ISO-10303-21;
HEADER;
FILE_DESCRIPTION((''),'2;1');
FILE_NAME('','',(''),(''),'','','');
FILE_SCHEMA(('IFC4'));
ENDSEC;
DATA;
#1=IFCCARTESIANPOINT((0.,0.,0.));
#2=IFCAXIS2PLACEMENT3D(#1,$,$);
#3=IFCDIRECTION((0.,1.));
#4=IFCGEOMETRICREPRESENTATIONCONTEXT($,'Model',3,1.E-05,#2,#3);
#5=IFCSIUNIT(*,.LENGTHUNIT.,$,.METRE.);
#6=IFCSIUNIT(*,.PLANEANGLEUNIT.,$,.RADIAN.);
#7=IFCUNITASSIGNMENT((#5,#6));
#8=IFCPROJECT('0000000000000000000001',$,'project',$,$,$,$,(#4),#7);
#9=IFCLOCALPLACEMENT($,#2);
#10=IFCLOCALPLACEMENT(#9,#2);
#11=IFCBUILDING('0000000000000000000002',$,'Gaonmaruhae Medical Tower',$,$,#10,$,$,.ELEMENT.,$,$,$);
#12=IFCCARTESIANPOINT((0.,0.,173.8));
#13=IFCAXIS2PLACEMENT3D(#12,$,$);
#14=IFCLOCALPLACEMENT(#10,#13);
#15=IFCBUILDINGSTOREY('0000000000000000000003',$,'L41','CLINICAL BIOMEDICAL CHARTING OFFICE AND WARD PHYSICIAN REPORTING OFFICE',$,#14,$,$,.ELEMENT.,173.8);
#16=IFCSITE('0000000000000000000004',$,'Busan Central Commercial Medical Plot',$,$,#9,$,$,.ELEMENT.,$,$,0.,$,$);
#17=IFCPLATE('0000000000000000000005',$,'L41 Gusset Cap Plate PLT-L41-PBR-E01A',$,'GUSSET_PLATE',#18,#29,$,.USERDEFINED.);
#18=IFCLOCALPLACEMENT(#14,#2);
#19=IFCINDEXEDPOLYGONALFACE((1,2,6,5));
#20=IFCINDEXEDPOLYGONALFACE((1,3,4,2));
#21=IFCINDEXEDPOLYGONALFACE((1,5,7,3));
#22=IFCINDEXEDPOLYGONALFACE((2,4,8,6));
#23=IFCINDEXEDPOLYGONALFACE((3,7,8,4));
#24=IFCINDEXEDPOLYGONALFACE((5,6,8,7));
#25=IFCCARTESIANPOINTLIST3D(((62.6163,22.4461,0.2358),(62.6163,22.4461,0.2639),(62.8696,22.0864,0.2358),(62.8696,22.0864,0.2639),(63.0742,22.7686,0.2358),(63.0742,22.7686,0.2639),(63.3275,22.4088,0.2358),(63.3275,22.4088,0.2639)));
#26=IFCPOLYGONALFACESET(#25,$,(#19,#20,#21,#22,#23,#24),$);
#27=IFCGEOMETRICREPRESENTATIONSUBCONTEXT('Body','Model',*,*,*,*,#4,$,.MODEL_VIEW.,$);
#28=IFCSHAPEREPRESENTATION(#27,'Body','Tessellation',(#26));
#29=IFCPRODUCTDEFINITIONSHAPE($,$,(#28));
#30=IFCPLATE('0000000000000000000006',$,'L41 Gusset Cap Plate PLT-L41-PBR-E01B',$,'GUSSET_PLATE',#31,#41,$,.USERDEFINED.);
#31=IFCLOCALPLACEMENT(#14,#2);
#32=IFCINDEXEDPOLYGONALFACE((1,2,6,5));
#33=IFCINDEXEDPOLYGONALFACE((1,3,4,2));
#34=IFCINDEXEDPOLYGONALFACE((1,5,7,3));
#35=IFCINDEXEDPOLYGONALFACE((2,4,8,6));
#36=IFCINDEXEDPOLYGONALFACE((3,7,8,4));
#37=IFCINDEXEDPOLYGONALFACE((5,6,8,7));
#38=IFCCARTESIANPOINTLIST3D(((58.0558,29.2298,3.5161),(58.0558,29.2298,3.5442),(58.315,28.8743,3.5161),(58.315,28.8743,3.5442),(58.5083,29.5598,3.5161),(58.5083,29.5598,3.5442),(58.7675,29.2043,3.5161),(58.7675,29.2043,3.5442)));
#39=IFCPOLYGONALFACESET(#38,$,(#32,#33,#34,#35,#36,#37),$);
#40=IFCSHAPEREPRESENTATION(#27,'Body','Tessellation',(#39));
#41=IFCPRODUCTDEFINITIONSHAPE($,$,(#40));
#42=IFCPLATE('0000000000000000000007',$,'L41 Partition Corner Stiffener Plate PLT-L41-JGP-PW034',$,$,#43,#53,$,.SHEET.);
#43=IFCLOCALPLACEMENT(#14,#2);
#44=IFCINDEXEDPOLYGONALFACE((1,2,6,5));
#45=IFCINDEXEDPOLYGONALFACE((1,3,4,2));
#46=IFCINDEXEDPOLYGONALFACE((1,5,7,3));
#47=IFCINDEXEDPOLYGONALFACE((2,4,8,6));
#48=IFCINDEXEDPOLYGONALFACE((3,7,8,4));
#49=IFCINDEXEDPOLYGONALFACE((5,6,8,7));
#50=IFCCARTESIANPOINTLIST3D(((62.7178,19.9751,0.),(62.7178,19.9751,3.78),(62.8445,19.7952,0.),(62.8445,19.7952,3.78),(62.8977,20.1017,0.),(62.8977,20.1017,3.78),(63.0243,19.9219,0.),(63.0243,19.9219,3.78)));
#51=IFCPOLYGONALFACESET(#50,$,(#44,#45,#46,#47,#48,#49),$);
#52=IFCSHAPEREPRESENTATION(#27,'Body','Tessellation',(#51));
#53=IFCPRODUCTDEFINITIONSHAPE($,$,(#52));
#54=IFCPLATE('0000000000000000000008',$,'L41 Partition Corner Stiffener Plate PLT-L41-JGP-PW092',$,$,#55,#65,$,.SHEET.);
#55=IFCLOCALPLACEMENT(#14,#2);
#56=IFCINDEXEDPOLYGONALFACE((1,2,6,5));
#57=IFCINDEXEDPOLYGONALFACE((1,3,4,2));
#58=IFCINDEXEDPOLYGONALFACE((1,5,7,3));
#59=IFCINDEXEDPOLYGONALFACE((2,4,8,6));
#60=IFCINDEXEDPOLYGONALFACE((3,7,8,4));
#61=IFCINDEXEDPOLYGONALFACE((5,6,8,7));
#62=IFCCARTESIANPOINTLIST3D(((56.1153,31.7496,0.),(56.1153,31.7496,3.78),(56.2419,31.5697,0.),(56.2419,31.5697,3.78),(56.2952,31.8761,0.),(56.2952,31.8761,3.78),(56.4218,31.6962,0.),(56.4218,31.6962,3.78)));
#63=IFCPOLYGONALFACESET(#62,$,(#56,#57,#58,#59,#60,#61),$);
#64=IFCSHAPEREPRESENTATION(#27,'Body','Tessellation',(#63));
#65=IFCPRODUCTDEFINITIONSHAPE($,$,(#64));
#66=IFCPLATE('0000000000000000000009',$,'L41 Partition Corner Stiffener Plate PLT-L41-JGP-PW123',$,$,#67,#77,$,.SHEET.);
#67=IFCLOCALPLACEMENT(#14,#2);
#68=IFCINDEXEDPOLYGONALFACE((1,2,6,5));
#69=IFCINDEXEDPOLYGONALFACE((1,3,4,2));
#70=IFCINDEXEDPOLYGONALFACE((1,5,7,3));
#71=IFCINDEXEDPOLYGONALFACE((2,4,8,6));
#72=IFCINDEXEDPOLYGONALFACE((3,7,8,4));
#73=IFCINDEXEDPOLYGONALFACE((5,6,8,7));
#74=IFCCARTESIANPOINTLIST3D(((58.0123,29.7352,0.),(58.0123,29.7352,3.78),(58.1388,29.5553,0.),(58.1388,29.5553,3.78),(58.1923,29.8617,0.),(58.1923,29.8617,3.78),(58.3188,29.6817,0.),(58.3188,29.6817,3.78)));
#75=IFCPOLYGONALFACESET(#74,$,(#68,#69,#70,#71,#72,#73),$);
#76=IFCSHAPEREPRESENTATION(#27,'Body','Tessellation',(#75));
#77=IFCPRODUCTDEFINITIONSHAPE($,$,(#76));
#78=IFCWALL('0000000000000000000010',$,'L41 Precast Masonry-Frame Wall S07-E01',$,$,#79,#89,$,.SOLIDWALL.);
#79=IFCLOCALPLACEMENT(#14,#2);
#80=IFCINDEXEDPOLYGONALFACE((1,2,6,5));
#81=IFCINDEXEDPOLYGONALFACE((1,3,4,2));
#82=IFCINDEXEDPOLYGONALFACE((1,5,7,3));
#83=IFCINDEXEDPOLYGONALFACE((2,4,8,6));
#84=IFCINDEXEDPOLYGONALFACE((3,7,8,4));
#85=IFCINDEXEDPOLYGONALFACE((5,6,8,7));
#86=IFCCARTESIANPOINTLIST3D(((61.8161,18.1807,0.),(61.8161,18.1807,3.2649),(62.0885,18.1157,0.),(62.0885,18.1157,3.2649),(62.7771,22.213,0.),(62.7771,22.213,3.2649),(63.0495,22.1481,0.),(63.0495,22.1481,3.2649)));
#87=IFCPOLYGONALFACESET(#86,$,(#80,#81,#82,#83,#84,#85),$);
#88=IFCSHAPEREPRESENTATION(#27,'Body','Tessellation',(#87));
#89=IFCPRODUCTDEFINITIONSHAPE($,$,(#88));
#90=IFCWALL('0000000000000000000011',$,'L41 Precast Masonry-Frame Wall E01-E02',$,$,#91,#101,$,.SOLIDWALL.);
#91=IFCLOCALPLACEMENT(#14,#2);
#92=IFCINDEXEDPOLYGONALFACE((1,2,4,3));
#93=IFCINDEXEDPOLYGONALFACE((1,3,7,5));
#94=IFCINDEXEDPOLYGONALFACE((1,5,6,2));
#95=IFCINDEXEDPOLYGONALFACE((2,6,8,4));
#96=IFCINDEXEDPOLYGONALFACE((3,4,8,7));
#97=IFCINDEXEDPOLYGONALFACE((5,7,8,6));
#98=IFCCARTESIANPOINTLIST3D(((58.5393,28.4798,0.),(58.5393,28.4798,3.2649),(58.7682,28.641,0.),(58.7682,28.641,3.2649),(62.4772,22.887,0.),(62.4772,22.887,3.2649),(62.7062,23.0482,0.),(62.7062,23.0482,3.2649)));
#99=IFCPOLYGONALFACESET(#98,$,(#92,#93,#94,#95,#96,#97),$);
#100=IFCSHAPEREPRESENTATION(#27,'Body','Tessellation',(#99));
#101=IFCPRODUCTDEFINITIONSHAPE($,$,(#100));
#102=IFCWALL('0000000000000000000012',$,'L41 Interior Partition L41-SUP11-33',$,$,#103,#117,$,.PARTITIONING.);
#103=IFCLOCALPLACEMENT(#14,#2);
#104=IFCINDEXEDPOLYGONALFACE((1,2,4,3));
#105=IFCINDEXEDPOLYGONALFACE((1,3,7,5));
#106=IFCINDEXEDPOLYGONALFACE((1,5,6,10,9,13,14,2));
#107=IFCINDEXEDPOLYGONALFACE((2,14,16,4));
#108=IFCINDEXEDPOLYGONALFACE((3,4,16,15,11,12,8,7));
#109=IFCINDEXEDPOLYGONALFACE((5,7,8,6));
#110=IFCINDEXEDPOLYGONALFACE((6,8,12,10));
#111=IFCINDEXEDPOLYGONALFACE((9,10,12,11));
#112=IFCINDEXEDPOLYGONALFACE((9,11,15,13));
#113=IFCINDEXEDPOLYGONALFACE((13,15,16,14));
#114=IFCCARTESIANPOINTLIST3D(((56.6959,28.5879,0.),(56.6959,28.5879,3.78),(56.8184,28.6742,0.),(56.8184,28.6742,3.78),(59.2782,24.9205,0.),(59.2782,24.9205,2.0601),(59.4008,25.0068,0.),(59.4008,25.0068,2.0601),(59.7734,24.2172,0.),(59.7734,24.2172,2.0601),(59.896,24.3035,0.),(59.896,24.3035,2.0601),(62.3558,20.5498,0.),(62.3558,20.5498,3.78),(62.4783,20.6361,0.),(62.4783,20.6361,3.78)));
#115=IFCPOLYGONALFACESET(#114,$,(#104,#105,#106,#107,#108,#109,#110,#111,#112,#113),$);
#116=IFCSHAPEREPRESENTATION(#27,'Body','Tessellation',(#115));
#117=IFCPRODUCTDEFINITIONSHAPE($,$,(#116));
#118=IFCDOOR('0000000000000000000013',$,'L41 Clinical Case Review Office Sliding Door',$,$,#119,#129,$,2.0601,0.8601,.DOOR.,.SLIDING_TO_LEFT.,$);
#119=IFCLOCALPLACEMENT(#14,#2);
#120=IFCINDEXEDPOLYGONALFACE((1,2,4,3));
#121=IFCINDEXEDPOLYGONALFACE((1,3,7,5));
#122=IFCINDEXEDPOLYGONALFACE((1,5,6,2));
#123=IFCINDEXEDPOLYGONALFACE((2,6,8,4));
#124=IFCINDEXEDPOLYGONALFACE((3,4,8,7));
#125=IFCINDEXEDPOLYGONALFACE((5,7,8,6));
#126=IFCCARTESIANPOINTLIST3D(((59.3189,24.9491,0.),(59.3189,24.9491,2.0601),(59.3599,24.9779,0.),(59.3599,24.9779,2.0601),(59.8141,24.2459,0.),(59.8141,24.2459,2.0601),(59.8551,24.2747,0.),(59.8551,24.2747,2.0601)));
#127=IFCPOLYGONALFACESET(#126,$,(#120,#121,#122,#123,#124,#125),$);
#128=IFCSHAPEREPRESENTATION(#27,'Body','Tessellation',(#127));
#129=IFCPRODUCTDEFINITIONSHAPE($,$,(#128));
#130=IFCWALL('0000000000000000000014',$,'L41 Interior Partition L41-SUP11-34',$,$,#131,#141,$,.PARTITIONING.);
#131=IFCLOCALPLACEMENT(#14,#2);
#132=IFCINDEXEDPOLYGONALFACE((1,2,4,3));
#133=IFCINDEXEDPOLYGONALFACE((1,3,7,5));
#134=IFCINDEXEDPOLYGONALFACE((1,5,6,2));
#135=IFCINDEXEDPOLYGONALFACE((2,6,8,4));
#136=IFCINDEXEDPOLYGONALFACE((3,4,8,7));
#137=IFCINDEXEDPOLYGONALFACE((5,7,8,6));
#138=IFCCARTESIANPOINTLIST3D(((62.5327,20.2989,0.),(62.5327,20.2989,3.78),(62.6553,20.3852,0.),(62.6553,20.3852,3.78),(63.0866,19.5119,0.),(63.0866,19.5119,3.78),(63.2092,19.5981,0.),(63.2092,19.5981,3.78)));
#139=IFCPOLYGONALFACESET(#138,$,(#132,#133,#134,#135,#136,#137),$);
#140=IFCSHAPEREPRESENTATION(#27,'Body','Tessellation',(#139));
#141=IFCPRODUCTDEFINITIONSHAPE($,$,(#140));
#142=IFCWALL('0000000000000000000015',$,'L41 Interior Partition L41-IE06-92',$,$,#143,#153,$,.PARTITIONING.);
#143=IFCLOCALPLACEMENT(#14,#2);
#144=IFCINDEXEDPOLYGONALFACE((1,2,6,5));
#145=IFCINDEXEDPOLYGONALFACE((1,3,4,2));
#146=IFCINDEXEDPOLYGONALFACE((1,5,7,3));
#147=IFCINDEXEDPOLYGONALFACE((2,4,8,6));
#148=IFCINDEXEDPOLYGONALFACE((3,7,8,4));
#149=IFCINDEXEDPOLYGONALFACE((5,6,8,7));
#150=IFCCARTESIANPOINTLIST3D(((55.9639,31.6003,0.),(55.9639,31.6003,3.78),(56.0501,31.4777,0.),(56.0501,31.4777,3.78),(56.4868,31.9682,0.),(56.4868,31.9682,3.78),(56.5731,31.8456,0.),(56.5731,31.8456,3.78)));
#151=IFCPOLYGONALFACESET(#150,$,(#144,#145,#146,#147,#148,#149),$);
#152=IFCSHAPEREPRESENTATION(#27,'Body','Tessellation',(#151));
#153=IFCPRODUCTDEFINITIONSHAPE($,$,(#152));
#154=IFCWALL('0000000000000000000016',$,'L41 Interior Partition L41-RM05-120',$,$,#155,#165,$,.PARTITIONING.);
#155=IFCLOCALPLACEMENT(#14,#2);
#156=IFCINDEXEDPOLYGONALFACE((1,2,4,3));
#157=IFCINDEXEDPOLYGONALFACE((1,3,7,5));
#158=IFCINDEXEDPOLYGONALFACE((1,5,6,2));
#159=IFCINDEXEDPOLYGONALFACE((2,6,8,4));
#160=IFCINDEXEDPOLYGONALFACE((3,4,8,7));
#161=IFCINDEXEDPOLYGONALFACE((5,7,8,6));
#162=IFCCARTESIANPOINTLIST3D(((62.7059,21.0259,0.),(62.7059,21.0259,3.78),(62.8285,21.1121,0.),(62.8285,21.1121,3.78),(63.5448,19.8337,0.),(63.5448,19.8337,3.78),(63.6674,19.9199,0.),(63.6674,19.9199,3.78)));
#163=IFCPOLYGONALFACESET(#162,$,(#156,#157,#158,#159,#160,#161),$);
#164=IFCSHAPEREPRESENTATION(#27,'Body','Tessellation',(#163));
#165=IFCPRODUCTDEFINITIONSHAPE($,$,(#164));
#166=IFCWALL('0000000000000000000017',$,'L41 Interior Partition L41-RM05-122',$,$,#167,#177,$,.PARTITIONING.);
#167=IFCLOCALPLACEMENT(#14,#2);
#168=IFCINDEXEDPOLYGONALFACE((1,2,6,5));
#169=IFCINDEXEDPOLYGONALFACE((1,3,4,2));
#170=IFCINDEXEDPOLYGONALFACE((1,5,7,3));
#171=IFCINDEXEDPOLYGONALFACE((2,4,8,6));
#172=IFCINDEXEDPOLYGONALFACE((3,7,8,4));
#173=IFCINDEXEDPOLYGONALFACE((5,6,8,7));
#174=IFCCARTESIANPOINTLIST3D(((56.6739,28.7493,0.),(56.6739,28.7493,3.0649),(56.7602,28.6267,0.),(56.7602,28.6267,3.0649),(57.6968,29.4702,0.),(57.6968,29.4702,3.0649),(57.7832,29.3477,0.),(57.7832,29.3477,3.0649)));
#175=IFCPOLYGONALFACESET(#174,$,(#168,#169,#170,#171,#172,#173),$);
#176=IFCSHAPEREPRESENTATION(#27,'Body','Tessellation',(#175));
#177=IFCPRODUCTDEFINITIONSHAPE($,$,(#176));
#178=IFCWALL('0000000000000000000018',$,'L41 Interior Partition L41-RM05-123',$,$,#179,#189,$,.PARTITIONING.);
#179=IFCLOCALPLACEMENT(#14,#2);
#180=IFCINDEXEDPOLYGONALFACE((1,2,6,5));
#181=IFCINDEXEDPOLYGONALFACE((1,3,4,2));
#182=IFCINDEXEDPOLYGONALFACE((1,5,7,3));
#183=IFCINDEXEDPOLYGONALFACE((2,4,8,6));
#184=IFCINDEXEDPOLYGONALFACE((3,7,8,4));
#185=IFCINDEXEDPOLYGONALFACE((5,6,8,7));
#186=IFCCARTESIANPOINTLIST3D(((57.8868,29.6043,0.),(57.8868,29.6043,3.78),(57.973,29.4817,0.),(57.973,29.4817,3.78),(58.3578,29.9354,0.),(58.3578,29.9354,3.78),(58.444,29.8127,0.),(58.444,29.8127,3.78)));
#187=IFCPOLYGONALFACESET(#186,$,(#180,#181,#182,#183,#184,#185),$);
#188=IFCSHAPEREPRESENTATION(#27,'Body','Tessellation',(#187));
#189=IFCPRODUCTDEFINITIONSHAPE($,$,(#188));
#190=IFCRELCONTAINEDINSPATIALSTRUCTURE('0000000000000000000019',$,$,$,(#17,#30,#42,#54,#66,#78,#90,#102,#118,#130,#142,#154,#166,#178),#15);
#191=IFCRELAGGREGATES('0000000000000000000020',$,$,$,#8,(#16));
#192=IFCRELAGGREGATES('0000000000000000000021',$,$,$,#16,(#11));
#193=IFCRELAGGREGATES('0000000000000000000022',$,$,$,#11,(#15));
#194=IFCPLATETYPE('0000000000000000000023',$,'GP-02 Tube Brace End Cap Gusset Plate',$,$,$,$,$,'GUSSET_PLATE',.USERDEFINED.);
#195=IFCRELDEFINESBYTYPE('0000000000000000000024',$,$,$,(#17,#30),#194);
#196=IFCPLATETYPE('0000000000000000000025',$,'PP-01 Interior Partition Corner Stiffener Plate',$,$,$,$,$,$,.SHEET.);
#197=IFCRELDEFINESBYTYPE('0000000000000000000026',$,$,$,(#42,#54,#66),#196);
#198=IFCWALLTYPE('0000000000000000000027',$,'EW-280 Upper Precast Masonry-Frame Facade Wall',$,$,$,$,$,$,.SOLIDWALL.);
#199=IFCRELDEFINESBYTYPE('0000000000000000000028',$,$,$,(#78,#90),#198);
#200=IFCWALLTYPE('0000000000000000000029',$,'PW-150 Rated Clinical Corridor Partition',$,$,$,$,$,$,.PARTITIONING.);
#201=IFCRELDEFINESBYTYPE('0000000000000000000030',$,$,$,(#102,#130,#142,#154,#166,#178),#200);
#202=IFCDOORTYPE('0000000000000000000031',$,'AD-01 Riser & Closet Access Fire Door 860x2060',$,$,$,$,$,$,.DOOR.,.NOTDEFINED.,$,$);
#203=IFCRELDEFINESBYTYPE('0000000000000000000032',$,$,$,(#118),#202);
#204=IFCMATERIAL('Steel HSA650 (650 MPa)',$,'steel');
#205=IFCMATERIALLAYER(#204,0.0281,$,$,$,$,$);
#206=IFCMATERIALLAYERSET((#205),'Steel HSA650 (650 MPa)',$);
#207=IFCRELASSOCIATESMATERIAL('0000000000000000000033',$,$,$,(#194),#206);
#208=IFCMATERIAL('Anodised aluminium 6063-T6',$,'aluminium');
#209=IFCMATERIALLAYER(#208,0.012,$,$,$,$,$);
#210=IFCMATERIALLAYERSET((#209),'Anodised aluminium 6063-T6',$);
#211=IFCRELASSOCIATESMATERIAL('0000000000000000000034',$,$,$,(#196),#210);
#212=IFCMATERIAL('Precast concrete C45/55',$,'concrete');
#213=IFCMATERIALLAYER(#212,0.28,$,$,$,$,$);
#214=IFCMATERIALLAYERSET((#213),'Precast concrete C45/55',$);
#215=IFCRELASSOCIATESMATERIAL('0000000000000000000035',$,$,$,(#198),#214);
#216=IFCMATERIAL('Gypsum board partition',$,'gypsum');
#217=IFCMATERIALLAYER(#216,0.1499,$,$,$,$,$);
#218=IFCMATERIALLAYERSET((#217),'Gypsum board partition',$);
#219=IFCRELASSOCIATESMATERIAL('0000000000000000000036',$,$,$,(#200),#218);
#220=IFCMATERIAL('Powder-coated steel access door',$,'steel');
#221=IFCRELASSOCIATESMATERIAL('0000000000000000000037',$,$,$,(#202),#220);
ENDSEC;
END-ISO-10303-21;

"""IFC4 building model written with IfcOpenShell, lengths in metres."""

from ifc_helpers import new_model, si_unit, direction, frame, frame_2d, origin, origin_2d, place, context, subcontext, project, spatial, rectangle, extrude, material, layer, layer_set, type_object, element, fill, save


model = new_model("IFC4")

# Units and contexts
model_context = context("Model", 3, precision=1e-05, world=origin(), true_north=direction((0.0, 1.0)))
body_context = subcontext(model_context, "Body", "Model", "MODEL_VIEW")
ifc_project = project(units=[si_unit("LENGTHUNIT", "METRE"), si_unit("PLANEANGLEUNIT", "RADIAN")], contexts=[model_context])

# Site, building, storey
site_placement = place(None, origin())
site = spatial("IfcSite", under=ifc_project, at=site_placement, Name="Busan Central Commercial Medical Plot", CompositionType="ELEMENT", RefElevation=0.0)
building_placement = place(site_placement, origin())
building = spatial("IfcBuilding", under=site, at=building_placement, Name="Gaonmaruhae Medical Tower", CompositionType="ELEMENT")
storey_placement = place(building_placement, frame((0.0, 0.0, 173.8)))
storey = spatial("IfcBuildingStorey", under=building, at=storey_placement, Name="L41", Description="CLINICAL BIOMEDICAL CHARTING OFFICE AND WARD PHYSICIAN REPORTING OFFICE", CompositionType="ELEMENT", Elevation=173.8)

# Plates
ifc_material_1 = material(Name="Steel HSA650 (650 MPa)", Category="steel")
ifc_layer_1 = layer(ifc_material_1, 0.0281)
ifc_layer_set_1 = layer_set([ifc_layer_1], Name="Steel HSA650 (650 MPa)")
plate_type_1 = type_object("IfcPlateType", Name="GP-02 Tube Brace End Cap Gusset Plate", ElementType="GUSSET_PLATE", PredefinedType="USERDEFINED", material=ifc_layer_set_1)
for number, where, z_axis, x_axis, name in (
    (1, (62.9719, 22.4275, 0.2358), (0.0, 0.0, 1.0), (0.817648, 0.575719, 0.0), "L41 Gusset Cap Plate PLT-L41-PBR-E01A"),
    (2, (58.4116, 29.217, 3.5161), (0.0, 0.0, 1.0), (0.80799, 0.589196, 0.0), "L41 Gusset Cap Plate PLT-L41-PBR-E01B"),
):
    element("IfcPlate", number, at=place(storey_placement, frame(where, z_axis=z_axis, x_axis=x_axis)), inside=storey, type_object=plate_type_1, Name=name, ObjectType="GUSSET_PLATE", PredefinedType="USERDEFINED", context=body_context, shape_type="SweptSolid", body=[
        extrude(rectangle(XDim=0.5601, YDim=0.4399, at=origin_2d()), origin(), (0.0, 0.0, 1.0), 0.0281),
    ])
ifc_material_2 = material(Name="Anodised aluminium 6063-T6", Category="aluminium")
ifc_layer_2 = layer(ifc_material_2, 0.012)
ifc_layer_set_2 = layer_set([ifc_layer_2], Name="Anodised aluminium 6063-T6")
plate_type_2 = type_object("IfcPlateType", Name="PP-01 Interior Partition Corner Stiffener Plate", PredefinedType="SHEET", material=ifc_layer_set_2)
for number, where, z_axis, x_axis, name in (
    (3, (62.8711, 19.9485, 0.0), (0.0, 0.0, 1.0), (0.575619, -0.817718, 0.0), "L41 Partition Corner Stiffener Plate PLT-L41-JGP-PW034"),
    (4, (56.2686, 31.7229, 0.0), (0.0, 0.0, 1.0), (-0.817838, -0.575448, 0.0), "L41 Partition Corner Stiffener Plate PLT-L41-JGP-PW092"),
    (5, (58.1655, 29.7085, 0.0), (0.0, 0.0, 1.0), (0.81817, 0.574977, 0.0), "L41 Partition Corner Stiffener Plate PLT-L41-JGP-PW123"),
):
    element("IfcPlate", number, at=place(storey_placement, frame(where, z_axis=z_axis, x_axis=x_axis)), inside=storey, type_object=plate_type_2, Name=name, PredefinedType="SHEET", context=body_context, shape_type="SweptSolid", body=[
        extrude(rectangle(XDim=0.22, YDim=0.22, at=origin_2d()), origin(), (0.0, 0.0, 1.0), 3.78),
    ])

# Walls
ifc_material_3 = material(Name="Precast concrete C45/55", Category="concrete")
ifc_layer_3 = layer(ifc_material_3, 0.28)
ifc_layer_set_3 = layer_set([ifc_layer_3], Name="Precast concrete C45/55")
wall_type_1 = type_object("IfcWallType", Name="EW-280 Upper Precast Masonry-Frame Facade Wall", PredefinedType="SOLIDWALL", material=ifc_layer_set_3)
wall_1_placement = place(storey_placement, frame((62.9133, 22.1807, 0.0), z_axis=(0.0, 0.0, 1.0), x_axis=(-0.231822, -0.972758, 0.0)))
element("IfcWall", 6, at=wall_1_placement, inside=storey, type_object=wall_type_1, Name="L41 Precast Masonry-Frame Wall S07-E01", PredefinedType="SOLIDWALL", context=body_context, shape_type="SweptSolid", body=[
    extrude(rectangle(XDim=4.1453, YDim=0.28, at=frame_2d((2.0728, 0.0))), origin(), (0.0, 0.0, 1.0), 3.2649),
])
wall_2_placement = place(storey_placement, frame((58.6538, 28.5603, 0.0), z_axis=(0.0, 0.0, 1.0), x_axis=(0.575721, -0.817646, 0.0)))
element("IfcWall", 7, at=wall_2_placement, inside=storey, type_object=wall_type_1, Name="L41 Precast Masonry-Frame Wall E01-E02", PredefinedType="SOLIDWALL", context=body_context, shape_type="SweptSolid", body=[
    extrude(rectangle(XDim=6.8401, YDim=0.28, at=frame_2d((3.4199, 0.0))), origin(), (0.0, 0.0, 1.0), 3.2649),
])

# Wall, opening, door
ifc_material_4 = material(Name="Gypsum board partition", Category="gypsum")
ifc_layer_4 = layer(ifc_material_4, 0.1499)
ifc_layer_set_4 = layer_set([ifc_layer_4], Name="Gypsum board partition")
wall_type_2 = type_object("IfcWallType", Name="PW-150 Rated Clinical Corridor Partition", PredefinedType="PARTITIONING", material=ifc_layer_set_4)
wall_3_placement = place(storey_placement, frame((56.7571, 28.6311, 0.0), z_axis=(0.0, 0.0, 1.0), x_axis=(0.57573, -0.81764, 0.0)))
wall_3 = element("IfcWall", 8, at=wall_3_placement, inside=storey, type_object=wall_type_2, Name="L41 Interior Partition L41-SUP11-33", PredefinedType="PARTITIONING", context=body_context, shape_type="SweptSolid", body=[
    extrude(rectangle(XDim=9.8308, YDim=0.1499, at=frame_2d((4.9155, 0.0))), origin(), (0.0, 0.0, 1.0), 3.78),
])
opening_placement = place(wall_3_placement, frame((4.4854, 0.0, 0.0)))
opening = element("IfcOpeningElement", 9, at=opening_placement, cuts=wall_3, PredefinedType="OPENING", context=body_context, shape_type="SweptSolid", body=[
    extrude(rectangle(XDim=0.8601, YDim=2.0601, at=frame_2d((0.4302, 1.03))), frame((0.0, 0.085, 0.0), z_axis=(0.0, -1.0, 0.0), x_axis=(1.0, 0.0, 0.0)), (0.0, 0.0, 1.0), 0.1699),
])
ifc_material_5 = material(Name="Powder-coated steel access door", Category="steel")
door_type = type_object("IfcDoorType", Name="AD-01 Riser & Closet Access Fire Door 860x2060", OperationType="NOTDEFINED", PredefinedType="DOOR", material=ifc_material_5)
door_placement = place(opening_placement, origin())
door = element("IfcDoor", 10, at=door_placement, inside=storey, type_object=door_type, Name="L41 Clinical Case Review Office Sliding Door", OperationType="SLIDING_TO_LEFT", OverallHeight=2.0601, OverallWidth=0.8601, PredefinedType="DOOR", context=body_context, shape_type="SweptSolid", body=[
    extrude(rectangle(XDim=0.8601, YDim=2.0601, at=frame_2d((0.4302, 1.03))), frame((0.0, 0.0249, 0.0), z_axis=(0.0, -1.0, 0.0), x_axis=(1.0, 0.0, 0.0)), (0.0, 0.0, 1.0), 0.05),
])
fill(opening, door)

# Walls
wall_4_placement = place(storey_placement, frame((62.594, 20.342, 0.0), z_axis=(0.0, 0.0, 1.0), x_axis=(0.575537, -0.817775, 0.0)))
element("IfcWall", 11, at=wall_4_placement, inside=storey, type_object=wall_type_2, Name="L41 Interior Partition L41-SUP11-34", PredefinedType="PARTITIONING", context=body_context, shape_type="SweptSolid", body=[
    extrude(rectangle(XDim=0.9624, YDim=0.1499, at=frame_2d((0.4812, 0.0))), origin(), (0.0, 0.0, 1.0), 3.78),
])
wall_5_placement = place(storey_placement, frame((56.53, 31.907, 0.0), z_axis=(0.0, 0.0, 1.0), x_axis=(-0.817866, -0.575408, 0.0)))
element("IfcWall", 12, at=wall_5_placement, inside=storey, type_object=wall_type_2, Name="L41 Interior Partition L41-IE06-92", PredefinedType="PARTITIONING", context=body_context, shape_type="SweptSolid", body=[
    extrude(rectangle(XDim=0.6394, YDim=0.1499, at=frame_2d((0.3198, 0.0))), origin(), (0.0, 0.0, 1.0), 3.78),
])
wall_6_placement = place(storey_placement, frame((62.7671, 21.0691, 0.0), z_axis=(0.0, 0.0, 1.0), x_axis=(0.575473, -0.817821, 0.0)))
element("IfcWall", 13, at=wall_6_placement, inside=storey, type_object=wall_type_2, Name="L41 Interior Partition L41-RM05-120", PredefinedType="PARTITIONING", context=body_context, shape_type="SweptSolid", body=[
    extrude(rectangle(XDim=1.4578, YDim=0.1499, at=frame_2d((0.729, 0.0))), origin(), (0.0, 0.0, 1.0), 3.78),
])
wall_7_placement = place(storey_placement, frame((56.717, 28.688, 0.0), z_axis=(0.0, 0.0, 1.0), x_axis=(0.817395, 0.576078, 0.0)))
element("IfcWall", 14, at=wall_7_placement, inside=storey, type_object=wall_type_2, Name="L41 Interior Partition L41-RM05-122", PredefinedType="PARTITIONING", context=body_context, shape_type="SweptSolid", body=[
    extrude(rectangle(XDim=1.2515, YDim=0.1499, at=frame_2d((0.6257, 0.0))), origin(), (0.0, 0.0, 1.0), 3.0649),
])
wall_8_placement = place(storey_placement, frame((57.9299, 29.543, 0.0), z_axis=(0.0, 0.0, 1.0), x_axis=(0.818095, 0.575084, 0.0)))
element("IfcWall", 15, at=wall_8_placement, inside=storey, type_object=wall_type_2, Name="L41 Interior Partition L41-RM05-123", PredefinedType="PARTITIONING", context=body_context, shape_type="SweptSolid", body=[
    extrude(rectangle(XDim=0.5757, YDim=0.1499, at=frame_2d((0.2878, 0.0))), origin(), (0.0, 0.0, 1.0), 3.78),
])

save(model, "model.ifc")
